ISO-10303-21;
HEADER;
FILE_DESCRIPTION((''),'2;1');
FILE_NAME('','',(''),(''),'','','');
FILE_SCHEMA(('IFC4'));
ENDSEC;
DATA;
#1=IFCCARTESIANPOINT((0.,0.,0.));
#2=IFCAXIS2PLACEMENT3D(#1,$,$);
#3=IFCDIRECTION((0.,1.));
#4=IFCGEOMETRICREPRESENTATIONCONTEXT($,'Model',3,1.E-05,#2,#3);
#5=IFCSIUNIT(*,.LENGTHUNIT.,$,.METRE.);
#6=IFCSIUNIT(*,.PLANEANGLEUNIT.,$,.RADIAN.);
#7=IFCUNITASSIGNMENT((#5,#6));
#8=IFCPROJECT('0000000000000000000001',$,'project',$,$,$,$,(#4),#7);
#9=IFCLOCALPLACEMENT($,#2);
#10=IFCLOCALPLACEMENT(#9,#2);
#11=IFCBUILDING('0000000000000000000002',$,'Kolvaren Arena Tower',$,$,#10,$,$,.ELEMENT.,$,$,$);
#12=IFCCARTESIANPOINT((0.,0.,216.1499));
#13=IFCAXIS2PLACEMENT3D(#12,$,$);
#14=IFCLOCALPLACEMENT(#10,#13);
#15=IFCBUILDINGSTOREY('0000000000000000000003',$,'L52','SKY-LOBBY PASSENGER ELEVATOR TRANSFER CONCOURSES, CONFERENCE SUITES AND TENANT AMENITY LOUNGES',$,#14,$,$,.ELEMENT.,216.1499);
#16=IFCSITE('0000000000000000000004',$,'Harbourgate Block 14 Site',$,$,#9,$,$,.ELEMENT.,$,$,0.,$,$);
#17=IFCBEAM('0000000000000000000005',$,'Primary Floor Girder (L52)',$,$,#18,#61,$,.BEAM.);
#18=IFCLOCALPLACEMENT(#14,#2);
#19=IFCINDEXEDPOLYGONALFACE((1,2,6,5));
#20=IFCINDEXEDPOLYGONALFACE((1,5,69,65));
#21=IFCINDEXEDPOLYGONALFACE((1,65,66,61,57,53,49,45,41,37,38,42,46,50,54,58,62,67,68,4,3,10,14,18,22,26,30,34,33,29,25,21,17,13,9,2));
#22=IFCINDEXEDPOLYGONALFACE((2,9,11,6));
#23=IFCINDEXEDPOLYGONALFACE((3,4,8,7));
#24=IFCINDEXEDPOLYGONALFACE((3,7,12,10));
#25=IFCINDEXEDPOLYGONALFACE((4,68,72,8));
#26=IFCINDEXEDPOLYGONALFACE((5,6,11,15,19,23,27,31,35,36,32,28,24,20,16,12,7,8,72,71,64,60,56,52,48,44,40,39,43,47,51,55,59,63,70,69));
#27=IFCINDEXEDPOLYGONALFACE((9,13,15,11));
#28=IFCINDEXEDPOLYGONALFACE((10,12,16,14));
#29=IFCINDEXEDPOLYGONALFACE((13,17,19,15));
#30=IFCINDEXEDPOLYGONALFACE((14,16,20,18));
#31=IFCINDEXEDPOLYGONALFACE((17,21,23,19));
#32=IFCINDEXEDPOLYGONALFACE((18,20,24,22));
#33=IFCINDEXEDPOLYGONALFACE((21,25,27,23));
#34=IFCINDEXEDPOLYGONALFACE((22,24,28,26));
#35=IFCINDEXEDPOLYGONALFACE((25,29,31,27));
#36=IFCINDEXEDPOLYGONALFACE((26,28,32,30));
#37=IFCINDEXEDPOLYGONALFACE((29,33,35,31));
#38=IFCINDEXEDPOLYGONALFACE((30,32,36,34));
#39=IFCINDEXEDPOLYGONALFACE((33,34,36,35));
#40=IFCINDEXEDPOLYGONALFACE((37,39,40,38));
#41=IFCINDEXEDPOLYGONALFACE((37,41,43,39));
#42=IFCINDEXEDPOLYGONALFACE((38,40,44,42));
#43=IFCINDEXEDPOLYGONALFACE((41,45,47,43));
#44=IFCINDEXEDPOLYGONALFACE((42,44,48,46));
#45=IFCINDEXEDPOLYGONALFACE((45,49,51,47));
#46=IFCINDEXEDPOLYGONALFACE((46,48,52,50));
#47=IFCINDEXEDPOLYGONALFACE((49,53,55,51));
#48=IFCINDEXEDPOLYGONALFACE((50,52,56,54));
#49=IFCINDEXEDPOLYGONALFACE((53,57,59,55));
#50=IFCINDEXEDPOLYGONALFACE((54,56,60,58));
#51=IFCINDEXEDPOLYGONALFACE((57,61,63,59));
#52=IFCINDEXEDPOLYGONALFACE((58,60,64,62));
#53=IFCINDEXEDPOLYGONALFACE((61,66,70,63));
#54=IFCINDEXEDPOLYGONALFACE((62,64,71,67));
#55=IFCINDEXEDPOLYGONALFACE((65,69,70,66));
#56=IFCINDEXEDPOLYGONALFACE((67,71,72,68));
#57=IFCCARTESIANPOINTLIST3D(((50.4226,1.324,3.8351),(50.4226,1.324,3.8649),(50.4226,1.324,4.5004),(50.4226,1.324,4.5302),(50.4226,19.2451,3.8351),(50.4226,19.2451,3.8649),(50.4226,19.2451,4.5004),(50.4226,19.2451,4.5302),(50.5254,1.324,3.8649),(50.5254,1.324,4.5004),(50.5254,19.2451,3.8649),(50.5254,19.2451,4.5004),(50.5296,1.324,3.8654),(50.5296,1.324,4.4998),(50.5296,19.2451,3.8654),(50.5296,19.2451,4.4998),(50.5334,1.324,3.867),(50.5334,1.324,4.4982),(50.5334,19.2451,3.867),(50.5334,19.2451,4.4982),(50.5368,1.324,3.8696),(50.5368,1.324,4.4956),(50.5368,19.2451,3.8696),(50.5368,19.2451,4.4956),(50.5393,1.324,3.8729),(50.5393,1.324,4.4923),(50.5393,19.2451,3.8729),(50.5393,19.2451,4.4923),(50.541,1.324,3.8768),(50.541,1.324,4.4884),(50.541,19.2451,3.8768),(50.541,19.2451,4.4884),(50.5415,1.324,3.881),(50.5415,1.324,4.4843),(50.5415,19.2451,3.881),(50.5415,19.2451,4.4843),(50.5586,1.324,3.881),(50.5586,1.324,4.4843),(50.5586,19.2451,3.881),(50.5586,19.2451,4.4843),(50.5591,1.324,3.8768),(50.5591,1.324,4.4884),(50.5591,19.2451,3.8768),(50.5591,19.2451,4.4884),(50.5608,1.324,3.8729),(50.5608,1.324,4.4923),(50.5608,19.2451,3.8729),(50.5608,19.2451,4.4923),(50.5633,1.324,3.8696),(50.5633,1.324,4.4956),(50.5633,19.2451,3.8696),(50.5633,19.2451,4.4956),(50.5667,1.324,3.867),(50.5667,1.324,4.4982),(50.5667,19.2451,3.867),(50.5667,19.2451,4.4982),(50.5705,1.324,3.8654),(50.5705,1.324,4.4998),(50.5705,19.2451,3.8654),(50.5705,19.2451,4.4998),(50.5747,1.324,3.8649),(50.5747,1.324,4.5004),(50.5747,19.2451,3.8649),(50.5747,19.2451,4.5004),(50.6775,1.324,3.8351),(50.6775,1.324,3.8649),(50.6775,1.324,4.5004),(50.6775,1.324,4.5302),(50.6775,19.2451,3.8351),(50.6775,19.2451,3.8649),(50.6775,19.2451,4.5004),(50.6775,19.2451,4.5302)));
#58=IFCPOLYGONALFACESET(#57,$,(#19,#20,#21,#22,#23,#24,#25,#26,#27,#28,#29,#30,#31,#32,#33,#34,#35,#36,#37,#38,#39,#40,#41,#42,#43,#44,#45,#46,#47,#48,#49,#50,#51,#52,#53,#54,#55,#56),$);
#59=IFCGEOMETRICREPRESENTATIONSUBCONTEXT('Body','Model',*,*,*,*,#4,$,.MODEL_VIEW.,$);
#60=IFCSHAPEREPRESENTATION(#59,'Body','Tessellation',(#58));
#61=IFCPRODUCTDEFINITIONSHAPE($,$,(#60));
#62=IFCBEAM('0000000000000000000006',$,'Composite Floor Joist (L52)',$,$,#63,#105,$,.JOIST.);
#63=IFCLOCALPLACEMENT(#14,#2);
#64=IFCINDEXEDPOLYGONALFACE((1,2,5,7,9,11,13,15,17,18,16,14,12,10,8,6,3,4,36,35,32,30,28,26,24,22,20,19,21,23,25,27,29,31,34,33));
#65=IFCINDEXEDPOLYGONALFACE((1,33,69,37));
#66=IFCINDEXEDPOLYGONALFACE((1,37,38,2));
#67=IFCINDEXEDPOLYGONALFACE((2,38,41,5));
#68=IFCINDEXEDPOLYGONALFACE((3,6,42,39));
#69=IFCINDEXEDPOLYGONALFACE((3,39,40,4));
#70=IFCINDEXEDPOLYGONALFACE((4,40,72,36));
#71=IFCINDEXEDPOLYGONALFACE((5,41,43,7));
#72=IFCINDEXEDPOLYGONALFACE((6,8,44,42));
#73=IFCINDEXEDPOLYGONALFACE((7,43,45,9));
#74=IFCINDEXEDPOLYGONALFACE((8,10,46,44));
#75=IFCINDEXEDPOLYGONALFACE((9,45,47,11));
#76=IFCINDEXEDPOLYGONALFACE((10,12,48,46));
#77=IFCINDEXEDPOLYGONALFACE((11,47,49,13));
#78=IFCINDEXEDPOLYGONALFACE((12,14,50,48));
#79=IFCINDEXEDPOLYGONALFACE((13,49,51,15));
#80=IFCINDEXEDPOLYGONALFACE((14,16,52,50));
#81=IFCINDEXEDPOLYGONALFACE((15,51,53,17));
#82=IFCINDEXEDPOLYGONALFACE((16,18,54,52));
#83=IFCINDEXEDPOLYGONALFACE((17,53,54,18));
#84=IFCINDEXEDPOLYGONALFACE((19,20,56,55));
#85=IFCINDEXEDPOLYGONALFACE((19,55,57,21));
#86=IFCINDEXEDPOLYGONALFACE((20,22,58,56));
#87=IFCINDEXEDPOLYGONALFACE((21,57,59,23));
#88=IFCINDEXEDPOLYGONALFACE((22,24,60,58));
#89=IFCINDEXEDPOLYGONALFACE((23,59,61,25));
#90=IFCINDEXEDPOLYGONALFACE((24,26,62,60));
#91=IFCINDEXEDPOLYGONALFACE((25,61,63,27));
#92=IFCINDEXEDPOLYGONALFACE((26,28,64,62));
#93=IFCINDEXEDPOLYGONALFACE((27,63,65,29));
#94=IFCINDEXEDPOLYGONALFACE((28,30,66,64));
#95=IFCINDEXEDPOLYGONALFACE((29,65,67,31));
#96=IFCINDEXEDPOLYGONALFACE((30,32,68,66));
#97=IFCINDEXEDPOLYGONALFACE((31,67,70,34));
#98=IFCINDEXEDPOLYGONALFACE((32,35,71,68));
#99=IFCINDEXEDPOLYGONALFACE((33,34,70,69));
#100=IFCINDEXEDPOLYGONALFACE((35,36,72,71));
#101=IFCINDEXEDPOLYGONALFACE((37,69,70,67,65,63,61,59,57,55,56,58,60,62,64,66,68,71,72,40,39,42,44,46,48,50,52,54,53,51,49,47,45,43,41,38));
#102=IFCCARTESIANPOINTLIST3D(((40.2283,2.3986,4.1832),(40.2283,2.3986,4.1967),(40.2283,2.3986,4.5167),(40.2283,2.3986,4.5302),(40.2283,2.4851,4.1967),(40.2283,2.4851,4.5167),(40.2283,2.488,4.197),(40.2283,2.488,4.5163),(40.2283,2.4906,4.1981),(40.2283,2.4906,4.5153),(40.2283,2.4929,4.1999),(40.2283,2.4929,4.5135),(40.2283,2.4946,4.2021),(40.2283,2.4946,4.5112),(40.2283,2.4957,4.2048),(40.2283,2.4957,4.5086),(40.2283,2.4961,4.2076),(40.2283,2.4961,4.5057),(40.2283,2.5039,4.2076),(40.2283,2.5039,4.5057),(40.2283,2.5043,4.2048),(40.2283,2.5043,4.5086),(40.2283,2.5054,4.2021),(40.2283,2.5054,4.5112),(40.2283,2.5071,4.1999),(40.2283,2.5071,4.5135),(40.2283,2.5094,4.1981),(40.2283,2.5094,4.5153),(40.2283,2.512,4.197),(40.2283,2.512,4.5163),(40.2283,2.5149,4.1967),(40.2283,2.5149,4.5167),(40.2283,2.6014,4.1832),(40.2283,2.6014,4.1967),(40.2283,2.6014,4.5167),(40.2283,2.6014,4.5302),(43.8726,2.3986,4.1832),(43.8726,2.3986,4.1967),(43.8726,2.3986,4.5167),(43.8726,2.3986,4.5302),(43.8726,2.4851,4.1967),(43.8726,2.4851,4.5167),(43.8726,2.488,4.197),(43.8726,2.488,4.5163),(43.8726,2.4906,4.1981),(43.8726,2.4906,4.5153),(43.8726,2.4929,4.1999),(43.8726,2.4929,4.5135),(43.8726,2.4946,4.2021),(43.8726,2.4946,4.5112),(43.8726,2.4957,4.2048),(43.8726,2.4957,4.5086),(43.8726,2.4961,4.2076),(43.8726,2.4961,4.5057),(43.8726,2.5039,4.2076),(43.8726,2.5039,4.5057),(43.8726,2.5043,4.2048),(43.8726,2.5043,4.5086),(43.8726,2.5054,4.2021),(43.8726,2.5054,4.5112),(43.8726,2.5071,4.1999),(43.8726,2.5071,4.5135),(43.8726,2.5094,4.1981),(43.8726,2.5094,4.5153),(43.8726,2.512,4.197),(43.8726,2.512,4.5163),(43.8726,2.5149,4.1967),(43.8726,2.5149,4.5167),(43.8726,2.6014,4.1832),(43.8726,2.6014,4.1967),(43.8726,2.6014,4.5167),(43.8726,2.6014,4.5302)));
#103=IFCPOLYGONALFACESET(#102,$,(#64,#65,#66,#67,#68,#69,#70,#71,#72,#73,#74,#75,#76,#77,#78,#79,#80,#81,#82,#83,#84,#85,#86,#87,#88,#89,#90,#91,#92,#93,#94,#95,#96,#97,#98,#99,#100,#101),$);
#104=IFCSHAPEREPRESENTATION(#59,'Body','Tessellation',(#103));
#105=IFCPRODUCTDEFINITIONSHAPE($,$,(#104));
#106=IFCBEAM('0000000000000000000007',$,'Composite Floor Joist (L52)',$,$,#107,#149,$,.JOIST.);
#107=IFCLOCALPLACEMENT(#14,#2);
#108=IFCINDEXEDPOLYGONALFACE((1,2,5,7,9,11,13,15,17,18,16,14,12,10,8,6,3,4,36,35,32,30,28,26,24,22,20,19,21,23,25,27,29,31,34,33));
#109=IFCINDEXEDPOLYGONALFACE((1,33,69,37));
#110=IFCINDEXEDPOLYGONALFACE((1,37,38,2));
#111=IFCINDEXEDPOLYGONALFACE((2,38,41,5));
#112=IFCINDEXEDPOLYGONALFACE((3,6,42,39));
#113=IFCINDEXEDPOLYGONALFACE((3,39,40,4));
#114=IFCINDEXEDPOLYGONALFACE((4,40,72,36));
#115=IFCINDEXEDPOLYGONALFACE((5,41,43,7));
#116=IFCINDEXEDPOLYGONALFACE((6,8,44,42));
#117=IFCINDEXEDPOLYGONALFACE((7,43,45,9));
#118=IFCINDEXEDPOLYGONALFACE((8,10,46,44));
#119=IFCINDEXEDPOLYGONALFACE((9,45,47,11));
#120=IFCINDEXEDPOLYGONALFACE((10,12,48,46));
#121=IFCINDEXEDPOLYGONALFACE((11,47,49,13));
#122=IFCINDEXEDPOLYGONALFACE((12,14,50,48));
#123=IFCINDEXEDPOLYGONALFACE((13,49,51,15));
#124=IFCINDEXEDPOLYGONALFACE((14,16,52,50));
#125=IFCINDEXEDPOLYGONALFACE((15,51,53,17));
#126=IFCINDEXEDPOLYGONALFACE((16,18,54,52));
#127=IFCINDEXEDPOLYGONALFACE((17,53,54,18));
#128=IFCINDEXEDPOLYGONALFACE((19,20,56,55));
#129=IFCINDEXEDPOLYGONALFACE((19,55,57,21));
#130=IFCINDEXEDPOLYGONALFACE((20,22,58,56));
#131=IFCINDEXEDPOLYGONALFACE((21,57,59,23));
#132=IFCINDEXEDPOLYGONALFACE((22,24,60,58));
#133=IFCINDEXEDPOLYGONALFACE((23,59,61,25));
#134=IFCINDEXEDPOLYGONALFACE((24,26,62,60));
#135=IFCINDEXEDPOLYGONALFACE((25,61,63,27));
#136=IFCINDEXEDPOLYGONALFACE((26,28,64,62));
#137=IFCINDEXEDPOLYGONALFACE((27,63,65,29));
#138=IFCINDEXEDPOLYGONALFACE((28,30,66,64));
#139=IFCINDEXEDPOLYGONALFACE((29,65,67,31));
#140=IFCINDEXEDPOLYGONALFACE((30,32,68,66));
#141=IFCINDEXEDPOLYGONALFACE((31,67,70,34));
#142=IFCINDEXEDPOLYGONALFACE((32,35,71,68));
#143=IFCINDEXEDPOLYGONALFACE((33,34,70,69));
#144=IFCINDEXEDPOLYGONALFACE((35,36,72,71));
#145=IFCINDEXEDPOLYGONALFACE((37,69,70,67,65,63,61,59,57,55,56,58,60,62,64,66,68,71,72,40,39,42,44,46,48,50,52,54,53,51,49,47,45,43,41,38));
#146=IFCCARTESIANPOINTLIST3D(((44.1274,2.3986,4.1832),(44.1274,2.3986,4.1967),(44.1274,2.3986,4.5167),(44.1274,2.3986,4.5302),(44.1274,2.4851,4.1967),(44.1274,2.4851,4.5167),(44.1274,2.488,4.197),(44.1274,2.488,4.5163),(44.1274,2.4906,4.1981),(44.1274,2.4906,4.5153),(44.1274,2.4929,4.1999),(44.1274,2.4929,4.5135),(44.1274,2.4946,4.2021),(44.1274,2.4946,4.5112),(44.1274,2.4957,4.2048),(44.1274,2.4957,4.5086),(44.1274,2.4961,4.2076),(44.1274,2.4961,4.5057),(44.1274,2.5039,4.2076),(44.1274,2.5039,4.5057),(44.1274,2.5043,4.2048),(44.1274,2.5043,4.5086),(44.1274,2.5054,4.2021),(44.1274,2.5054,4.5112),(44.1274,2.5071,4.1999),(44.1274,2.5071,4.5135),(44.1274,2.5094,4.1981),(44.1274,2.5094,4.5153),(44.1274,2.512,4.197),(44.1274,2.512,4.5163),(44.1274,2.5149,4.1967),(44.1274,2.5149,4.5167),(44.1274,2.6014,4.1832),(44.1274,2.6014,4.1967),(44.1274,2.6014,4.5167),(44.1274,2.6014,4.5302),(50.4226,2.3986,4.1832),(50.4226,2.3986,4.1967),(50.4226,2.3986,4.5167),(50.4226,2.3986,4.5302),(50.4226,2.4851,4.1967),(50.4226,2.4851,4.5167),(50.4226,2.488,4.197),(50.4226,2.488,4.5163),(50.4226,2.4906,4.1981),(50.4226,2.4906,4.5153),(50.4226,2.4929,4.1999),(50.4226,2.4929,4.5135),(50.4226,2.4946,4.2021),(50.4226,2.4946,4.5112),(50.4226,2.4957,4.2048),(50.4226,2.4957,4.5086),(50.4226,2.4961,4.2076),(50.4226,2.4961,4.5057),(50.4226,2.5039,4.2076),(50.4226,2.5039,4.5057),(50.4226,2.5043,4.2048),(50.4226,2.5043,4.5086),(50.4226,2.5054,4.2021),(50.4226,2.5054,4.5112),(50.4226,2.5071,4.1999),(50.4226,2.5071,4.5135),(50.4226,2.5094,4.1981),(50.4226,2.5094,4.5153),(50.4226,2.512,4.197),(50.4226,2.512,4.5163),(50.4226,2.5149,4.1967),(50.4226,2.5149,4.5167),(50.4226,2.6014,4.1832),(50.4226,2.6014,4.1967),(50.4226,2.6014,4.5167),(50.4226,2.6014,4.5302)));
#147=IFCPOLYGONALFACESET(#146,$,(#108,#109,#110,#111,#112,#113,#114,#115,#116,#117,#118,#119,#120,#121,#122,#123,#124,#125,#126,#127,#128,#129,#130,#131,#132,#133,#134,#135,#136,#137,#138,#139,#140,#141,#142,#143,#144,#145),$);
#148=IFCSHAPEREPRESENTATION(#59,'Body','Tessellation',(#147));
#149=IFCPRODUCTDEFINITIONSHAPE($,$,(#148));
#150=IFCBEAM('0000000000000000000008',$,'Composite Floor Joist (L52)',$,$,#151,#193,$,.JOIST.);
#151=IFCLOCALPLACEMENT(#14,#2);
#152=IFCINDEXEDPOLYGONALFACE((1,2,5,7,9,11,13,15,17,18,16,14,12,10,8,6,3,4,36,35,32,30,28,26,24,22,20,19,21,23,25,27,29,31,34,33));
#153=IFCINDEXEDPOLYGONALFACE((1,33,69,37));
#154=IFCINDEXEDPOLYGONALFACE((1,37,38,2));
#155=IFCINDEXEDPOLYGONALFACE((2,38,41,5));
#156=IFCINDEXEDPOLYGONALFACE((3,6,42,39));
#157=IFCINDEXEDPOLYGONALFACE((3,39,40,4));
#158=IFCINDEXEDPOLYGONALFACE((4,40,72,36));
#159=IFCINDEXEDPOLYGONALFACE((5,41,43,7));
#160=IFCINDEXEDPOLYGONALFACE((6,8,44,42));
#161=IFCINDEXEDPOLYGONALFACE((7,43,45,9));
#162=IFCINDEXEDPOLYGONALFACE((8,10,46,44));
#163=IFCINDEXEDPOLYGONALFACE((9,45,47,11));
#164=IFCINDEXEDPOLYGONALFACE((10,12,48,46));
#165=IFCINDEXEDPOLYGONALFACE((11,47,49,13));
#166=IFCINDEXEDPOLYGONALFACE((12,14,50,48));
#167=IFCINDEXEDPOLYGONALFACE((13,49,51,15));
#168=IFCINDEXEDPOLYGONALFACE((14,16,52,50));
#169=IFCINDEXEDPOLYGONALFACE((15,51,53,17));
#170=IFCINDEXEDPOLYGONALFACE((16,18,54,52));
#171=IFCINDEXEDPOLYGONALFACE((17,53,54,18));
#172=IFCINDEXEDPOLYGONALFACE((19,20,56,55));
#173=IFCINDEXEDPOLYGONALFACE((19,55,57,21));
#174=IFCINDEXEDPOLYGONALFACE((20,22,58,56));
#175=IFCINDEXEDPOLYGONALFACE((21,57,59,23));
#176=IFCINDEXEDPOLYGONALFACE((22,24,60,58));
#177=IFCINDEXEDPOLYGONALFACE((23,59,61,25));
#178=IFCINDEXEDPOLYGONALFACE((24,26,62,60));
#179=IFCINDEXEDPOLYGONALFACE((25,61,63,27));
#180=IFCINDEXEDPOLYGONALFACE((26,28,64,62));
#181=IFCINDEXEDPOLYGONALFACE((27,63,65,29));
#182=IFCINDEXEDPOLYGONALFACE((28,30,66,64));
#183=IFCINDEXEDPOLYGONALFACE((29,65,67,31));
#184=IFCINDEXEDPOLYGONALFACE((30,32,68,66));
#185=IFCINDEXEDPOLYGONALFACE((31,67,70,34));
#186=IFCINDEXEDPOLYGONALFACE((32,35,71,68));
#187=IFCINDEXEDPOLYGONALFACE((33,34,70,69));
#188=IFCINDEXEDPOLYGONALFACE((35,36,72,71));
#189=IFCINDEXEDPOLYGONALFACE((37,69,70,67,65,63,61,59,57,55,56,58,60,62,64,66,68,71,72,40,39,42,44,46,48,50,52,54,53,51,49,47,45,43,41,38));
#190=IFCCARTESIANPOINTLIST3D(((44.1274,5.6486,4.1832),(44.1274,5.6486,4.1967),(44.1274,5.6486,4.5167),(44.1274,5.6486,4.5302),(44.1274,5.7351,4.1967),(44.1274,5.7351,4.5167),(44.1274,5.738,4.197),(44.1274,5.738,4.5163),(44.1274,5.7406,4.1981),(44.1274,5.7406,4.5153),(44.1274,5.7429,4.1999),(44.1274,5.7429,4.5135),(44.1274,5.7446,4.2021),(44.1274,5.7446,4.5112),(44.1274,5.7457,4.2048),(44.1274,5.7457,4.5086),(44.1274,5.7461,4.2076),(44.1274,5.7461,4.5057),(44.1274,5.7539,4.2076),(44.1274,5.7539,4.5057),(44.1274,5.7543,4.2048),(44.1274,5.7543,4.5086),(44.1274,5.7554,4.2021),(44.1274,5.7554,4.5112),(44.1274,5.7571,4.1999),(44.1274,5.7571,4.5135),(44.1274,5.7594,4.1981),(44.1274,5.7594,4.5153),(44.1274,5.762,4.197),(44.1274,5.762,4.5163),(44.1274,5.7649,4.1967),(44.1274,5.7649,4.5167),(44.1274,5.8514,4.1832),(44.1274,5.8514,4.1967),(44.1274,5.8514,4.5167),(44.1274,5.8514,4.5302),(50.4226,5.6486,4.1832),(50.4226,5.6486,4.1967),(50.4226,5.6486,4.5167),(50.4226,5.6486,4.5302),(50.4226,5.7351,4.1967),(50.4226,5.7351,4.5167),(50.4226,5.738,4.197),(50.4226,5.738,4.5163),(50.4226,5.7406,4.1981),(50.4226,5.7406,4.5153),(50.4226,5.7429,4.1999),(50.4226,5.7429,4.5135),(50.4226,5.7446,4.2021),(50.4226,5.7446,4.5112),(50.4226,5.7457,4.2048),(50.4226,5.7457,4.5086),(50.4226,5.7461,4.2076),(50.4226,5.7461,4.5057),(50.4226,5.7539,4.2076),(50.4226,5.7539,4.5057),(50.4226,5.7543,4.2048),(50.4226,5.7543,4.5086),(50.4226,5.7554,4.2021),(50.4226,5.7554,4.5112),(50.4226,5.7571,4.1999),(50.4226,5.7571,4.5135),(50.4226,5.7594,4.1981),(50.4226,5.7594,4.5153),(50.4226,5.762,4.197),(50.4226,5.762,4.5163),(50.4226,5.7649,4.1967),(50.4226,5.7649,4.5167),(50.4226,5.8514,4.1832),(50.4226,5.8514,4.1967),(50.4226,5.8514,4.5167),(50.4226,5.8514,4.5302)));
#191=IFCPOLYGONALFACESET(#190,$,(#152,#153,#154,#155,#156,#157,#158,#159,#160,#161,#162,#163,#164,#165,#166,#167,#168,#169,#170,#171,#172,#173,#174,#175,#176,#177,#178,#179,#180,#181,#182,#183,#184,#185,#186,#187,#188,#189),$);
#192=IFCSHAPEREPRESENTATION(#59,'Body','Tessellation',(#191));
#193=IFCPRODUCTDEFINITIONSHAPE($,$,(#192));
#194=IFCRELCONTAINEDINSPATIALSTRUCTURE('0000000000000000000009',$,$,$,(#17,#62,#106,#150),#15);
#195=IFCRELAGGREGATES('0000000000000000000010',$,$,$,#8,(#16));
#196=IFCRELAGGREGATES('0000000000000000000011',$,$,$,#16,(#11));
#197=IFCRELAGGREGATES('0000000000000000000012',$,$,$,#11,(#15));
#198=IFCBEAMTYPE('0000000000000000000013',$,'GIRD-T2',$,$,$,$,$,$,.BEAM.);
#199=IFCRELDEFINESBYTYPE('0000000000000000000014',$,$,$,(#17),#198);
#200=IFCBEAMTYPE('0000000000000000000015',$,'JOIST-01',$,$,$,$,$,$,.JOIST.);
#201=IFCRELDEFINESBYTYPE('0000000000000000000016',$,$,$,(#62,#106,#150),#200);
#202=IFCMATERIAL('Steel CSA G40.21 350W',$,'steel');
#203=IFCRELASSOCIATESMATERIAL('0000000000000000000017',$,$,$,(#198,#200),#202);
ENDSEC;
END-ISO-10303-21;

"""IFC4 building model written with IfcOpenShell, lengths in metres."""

from ifc_helpers import new_model, si_unit, direction, frame, origin, origin_2d, place, context, subcontext, project, spatial, i_section, extrude, material, material_profile, profile_set, type_object, element, save


model = new_model("IFC4")

# Units and contexts
model_context = context("Model", 3, precision=1e-05, world=origin(), true_north=direction((0.0, 1.0)))
body_context = subcontext(model_context, "Body", "Model", "MODEL_VIEW")
ifc_project = project(units=[si_unit("LENGTHUNIT", "METRE"), si_unit("PLANEANGLEUNIT", "RADIAN")], contexts=[model_context])

# Site, building, storey
site_placement = place(None, origin())
site = spatial("IfcSite", under=ifc_project, at=site_placement, Name="Harbourgate Block 14 Site", CompositionType="ELEMENT", RefElevation=0.0)
building_placement = place(site_placement, origin())
building = spatial("IfcBuilding", under=site, at=building_placement, Name="Kolvaren Arena Tower", CompositionType="ELEMENT")
storey_placement = place(building_placement, frame((0.0, 0.0, 216.1499)))
storey = spatial("IfcBuildingStorey", under=building, at=storey_placement, Name="L52", Description="SKY-LOBBY PASSENGER ELEVATOR TRANSFER CONCOURSES, CONFERENCE SUITES AND TENANT AMENITY LOUNGES", CompositionType="ELEMENT", Elevation=216.1499)

# Shared definitions
ifc_material_1 = material(Name="Steel CSA G40.21 350W", Category="steel")

# Beams
ifc_material_profile_1 = material_profile(ifc_material_1, i_section(OverallWidth=0.2549, OverallDepth=0.6951, WebThickness=0.0171, FlangeThickness=0.0298, FilletRadius=0.0161, at=origin_2d()), Name="W690x217")
ifc_profile_set_1 = profile_set([ifc_material_profile_1], Name="Steel CSA G40.21 350W")
beam_type_1 = type_object("IfcBeamType", Name="GIRD-T2", PredefinedType="BEAM", material=ifc_profile_set_1)
beam_1_placement = place(storey_placement, frame((50.55, 1.324, 4.1826), z_axis=(0.0, 1.0, 0.0), x_axis=(-1.0, 0.0, 0.0)))
element("IfcBeam", 1, at=beam_1_placement, inside=storey, type_object=beam_type_1, Name="Primary Floor Girder (L52)", PredefinedType="BEAM", context=body_context, shape_type="SweptSolid", body=[
    extrude(i_section(OverallWidth=0.2549, OverallDepth=0.6951, WebThickness=0.0171, FlangeThickness=0.0298, FilletRadius=0.0161, at=origin_2d()), origin(), (0.0, 0.0, 1.0), 17.9211),
])
ifc_material_profile_2 = material_profile(ifc_material_1, i_section(OverallWidth=0.2029, OverallDepth=0.3469, WebThickness=0.0078, FlangeThickness=0.0134, FilletRadius=0.011, at=origin_2d()), Name="W360x64")
ifc_profile_set_2 = profile_set([ifc_material_profile_2], Name="Steel CSA G40.21 350W")
beam_type_2 = type_object("IfcBeamType", Name="JOIST-01", PredefinedType="JOIST", material=ifc_profile_set_2)
beam_2_placement = place(storey_placement, frame((40.2283, 2.5, 4.3567), z_axis=(1.0, 0.0, 0.0), x_axis=(0.0, 1.0, 0.0)))
element("IfcBeam", 2, at=beam_2_placement, inside=storey, type_object=beam_type_2, Name="Composite Floor Joist (L52)", PredefinedType="JOIST", context=body_context, shape_type="SweptSolid", body=[
    extrude(i_section(OverallWidth=0.2029, OverallDepth=0.3469, WebThickness=0.0078, FlangeThickness=0.0134, FilletRadius=0.011, at=origin_2d()), origin(), (0.0, 0.0, 1.0), 3.6443),
])
for number, where, z_axis, x_axis, name in (
    (3, (44.1274, 2.5, 4.3567), (1.0, 0.0, 0.0), (0.0, 1.0, 0.0), "Composite Floor Joist (L52)"),
    (4, (44.1274, 5.75, 4.3567), (1.0, 0.0, 0.0), (0.0, 1.0, 0.0), "Composite Floor Joist (L52)"),
):
    element("IfcBeam", number, at=place(storey_placement, frame(where, z_axis=z_axis, x_axis=x_axis)), inside=storey, type_object=beam_type_2, Name=name, PredefinedType="JOIST", context=body_context, shape_type="SweptSolid", body=[
        extrude(i_section(OverallWidth=0.2029, OverallDepth=0.3469, WebThickness=0.0078, FlangeThickness=0.0134, FilletRadius=0.011, at=origin_2d()), origin(), (0.0, 0.0, 1.0), 6.2952),
    ])

save(model, "model.ifc")
